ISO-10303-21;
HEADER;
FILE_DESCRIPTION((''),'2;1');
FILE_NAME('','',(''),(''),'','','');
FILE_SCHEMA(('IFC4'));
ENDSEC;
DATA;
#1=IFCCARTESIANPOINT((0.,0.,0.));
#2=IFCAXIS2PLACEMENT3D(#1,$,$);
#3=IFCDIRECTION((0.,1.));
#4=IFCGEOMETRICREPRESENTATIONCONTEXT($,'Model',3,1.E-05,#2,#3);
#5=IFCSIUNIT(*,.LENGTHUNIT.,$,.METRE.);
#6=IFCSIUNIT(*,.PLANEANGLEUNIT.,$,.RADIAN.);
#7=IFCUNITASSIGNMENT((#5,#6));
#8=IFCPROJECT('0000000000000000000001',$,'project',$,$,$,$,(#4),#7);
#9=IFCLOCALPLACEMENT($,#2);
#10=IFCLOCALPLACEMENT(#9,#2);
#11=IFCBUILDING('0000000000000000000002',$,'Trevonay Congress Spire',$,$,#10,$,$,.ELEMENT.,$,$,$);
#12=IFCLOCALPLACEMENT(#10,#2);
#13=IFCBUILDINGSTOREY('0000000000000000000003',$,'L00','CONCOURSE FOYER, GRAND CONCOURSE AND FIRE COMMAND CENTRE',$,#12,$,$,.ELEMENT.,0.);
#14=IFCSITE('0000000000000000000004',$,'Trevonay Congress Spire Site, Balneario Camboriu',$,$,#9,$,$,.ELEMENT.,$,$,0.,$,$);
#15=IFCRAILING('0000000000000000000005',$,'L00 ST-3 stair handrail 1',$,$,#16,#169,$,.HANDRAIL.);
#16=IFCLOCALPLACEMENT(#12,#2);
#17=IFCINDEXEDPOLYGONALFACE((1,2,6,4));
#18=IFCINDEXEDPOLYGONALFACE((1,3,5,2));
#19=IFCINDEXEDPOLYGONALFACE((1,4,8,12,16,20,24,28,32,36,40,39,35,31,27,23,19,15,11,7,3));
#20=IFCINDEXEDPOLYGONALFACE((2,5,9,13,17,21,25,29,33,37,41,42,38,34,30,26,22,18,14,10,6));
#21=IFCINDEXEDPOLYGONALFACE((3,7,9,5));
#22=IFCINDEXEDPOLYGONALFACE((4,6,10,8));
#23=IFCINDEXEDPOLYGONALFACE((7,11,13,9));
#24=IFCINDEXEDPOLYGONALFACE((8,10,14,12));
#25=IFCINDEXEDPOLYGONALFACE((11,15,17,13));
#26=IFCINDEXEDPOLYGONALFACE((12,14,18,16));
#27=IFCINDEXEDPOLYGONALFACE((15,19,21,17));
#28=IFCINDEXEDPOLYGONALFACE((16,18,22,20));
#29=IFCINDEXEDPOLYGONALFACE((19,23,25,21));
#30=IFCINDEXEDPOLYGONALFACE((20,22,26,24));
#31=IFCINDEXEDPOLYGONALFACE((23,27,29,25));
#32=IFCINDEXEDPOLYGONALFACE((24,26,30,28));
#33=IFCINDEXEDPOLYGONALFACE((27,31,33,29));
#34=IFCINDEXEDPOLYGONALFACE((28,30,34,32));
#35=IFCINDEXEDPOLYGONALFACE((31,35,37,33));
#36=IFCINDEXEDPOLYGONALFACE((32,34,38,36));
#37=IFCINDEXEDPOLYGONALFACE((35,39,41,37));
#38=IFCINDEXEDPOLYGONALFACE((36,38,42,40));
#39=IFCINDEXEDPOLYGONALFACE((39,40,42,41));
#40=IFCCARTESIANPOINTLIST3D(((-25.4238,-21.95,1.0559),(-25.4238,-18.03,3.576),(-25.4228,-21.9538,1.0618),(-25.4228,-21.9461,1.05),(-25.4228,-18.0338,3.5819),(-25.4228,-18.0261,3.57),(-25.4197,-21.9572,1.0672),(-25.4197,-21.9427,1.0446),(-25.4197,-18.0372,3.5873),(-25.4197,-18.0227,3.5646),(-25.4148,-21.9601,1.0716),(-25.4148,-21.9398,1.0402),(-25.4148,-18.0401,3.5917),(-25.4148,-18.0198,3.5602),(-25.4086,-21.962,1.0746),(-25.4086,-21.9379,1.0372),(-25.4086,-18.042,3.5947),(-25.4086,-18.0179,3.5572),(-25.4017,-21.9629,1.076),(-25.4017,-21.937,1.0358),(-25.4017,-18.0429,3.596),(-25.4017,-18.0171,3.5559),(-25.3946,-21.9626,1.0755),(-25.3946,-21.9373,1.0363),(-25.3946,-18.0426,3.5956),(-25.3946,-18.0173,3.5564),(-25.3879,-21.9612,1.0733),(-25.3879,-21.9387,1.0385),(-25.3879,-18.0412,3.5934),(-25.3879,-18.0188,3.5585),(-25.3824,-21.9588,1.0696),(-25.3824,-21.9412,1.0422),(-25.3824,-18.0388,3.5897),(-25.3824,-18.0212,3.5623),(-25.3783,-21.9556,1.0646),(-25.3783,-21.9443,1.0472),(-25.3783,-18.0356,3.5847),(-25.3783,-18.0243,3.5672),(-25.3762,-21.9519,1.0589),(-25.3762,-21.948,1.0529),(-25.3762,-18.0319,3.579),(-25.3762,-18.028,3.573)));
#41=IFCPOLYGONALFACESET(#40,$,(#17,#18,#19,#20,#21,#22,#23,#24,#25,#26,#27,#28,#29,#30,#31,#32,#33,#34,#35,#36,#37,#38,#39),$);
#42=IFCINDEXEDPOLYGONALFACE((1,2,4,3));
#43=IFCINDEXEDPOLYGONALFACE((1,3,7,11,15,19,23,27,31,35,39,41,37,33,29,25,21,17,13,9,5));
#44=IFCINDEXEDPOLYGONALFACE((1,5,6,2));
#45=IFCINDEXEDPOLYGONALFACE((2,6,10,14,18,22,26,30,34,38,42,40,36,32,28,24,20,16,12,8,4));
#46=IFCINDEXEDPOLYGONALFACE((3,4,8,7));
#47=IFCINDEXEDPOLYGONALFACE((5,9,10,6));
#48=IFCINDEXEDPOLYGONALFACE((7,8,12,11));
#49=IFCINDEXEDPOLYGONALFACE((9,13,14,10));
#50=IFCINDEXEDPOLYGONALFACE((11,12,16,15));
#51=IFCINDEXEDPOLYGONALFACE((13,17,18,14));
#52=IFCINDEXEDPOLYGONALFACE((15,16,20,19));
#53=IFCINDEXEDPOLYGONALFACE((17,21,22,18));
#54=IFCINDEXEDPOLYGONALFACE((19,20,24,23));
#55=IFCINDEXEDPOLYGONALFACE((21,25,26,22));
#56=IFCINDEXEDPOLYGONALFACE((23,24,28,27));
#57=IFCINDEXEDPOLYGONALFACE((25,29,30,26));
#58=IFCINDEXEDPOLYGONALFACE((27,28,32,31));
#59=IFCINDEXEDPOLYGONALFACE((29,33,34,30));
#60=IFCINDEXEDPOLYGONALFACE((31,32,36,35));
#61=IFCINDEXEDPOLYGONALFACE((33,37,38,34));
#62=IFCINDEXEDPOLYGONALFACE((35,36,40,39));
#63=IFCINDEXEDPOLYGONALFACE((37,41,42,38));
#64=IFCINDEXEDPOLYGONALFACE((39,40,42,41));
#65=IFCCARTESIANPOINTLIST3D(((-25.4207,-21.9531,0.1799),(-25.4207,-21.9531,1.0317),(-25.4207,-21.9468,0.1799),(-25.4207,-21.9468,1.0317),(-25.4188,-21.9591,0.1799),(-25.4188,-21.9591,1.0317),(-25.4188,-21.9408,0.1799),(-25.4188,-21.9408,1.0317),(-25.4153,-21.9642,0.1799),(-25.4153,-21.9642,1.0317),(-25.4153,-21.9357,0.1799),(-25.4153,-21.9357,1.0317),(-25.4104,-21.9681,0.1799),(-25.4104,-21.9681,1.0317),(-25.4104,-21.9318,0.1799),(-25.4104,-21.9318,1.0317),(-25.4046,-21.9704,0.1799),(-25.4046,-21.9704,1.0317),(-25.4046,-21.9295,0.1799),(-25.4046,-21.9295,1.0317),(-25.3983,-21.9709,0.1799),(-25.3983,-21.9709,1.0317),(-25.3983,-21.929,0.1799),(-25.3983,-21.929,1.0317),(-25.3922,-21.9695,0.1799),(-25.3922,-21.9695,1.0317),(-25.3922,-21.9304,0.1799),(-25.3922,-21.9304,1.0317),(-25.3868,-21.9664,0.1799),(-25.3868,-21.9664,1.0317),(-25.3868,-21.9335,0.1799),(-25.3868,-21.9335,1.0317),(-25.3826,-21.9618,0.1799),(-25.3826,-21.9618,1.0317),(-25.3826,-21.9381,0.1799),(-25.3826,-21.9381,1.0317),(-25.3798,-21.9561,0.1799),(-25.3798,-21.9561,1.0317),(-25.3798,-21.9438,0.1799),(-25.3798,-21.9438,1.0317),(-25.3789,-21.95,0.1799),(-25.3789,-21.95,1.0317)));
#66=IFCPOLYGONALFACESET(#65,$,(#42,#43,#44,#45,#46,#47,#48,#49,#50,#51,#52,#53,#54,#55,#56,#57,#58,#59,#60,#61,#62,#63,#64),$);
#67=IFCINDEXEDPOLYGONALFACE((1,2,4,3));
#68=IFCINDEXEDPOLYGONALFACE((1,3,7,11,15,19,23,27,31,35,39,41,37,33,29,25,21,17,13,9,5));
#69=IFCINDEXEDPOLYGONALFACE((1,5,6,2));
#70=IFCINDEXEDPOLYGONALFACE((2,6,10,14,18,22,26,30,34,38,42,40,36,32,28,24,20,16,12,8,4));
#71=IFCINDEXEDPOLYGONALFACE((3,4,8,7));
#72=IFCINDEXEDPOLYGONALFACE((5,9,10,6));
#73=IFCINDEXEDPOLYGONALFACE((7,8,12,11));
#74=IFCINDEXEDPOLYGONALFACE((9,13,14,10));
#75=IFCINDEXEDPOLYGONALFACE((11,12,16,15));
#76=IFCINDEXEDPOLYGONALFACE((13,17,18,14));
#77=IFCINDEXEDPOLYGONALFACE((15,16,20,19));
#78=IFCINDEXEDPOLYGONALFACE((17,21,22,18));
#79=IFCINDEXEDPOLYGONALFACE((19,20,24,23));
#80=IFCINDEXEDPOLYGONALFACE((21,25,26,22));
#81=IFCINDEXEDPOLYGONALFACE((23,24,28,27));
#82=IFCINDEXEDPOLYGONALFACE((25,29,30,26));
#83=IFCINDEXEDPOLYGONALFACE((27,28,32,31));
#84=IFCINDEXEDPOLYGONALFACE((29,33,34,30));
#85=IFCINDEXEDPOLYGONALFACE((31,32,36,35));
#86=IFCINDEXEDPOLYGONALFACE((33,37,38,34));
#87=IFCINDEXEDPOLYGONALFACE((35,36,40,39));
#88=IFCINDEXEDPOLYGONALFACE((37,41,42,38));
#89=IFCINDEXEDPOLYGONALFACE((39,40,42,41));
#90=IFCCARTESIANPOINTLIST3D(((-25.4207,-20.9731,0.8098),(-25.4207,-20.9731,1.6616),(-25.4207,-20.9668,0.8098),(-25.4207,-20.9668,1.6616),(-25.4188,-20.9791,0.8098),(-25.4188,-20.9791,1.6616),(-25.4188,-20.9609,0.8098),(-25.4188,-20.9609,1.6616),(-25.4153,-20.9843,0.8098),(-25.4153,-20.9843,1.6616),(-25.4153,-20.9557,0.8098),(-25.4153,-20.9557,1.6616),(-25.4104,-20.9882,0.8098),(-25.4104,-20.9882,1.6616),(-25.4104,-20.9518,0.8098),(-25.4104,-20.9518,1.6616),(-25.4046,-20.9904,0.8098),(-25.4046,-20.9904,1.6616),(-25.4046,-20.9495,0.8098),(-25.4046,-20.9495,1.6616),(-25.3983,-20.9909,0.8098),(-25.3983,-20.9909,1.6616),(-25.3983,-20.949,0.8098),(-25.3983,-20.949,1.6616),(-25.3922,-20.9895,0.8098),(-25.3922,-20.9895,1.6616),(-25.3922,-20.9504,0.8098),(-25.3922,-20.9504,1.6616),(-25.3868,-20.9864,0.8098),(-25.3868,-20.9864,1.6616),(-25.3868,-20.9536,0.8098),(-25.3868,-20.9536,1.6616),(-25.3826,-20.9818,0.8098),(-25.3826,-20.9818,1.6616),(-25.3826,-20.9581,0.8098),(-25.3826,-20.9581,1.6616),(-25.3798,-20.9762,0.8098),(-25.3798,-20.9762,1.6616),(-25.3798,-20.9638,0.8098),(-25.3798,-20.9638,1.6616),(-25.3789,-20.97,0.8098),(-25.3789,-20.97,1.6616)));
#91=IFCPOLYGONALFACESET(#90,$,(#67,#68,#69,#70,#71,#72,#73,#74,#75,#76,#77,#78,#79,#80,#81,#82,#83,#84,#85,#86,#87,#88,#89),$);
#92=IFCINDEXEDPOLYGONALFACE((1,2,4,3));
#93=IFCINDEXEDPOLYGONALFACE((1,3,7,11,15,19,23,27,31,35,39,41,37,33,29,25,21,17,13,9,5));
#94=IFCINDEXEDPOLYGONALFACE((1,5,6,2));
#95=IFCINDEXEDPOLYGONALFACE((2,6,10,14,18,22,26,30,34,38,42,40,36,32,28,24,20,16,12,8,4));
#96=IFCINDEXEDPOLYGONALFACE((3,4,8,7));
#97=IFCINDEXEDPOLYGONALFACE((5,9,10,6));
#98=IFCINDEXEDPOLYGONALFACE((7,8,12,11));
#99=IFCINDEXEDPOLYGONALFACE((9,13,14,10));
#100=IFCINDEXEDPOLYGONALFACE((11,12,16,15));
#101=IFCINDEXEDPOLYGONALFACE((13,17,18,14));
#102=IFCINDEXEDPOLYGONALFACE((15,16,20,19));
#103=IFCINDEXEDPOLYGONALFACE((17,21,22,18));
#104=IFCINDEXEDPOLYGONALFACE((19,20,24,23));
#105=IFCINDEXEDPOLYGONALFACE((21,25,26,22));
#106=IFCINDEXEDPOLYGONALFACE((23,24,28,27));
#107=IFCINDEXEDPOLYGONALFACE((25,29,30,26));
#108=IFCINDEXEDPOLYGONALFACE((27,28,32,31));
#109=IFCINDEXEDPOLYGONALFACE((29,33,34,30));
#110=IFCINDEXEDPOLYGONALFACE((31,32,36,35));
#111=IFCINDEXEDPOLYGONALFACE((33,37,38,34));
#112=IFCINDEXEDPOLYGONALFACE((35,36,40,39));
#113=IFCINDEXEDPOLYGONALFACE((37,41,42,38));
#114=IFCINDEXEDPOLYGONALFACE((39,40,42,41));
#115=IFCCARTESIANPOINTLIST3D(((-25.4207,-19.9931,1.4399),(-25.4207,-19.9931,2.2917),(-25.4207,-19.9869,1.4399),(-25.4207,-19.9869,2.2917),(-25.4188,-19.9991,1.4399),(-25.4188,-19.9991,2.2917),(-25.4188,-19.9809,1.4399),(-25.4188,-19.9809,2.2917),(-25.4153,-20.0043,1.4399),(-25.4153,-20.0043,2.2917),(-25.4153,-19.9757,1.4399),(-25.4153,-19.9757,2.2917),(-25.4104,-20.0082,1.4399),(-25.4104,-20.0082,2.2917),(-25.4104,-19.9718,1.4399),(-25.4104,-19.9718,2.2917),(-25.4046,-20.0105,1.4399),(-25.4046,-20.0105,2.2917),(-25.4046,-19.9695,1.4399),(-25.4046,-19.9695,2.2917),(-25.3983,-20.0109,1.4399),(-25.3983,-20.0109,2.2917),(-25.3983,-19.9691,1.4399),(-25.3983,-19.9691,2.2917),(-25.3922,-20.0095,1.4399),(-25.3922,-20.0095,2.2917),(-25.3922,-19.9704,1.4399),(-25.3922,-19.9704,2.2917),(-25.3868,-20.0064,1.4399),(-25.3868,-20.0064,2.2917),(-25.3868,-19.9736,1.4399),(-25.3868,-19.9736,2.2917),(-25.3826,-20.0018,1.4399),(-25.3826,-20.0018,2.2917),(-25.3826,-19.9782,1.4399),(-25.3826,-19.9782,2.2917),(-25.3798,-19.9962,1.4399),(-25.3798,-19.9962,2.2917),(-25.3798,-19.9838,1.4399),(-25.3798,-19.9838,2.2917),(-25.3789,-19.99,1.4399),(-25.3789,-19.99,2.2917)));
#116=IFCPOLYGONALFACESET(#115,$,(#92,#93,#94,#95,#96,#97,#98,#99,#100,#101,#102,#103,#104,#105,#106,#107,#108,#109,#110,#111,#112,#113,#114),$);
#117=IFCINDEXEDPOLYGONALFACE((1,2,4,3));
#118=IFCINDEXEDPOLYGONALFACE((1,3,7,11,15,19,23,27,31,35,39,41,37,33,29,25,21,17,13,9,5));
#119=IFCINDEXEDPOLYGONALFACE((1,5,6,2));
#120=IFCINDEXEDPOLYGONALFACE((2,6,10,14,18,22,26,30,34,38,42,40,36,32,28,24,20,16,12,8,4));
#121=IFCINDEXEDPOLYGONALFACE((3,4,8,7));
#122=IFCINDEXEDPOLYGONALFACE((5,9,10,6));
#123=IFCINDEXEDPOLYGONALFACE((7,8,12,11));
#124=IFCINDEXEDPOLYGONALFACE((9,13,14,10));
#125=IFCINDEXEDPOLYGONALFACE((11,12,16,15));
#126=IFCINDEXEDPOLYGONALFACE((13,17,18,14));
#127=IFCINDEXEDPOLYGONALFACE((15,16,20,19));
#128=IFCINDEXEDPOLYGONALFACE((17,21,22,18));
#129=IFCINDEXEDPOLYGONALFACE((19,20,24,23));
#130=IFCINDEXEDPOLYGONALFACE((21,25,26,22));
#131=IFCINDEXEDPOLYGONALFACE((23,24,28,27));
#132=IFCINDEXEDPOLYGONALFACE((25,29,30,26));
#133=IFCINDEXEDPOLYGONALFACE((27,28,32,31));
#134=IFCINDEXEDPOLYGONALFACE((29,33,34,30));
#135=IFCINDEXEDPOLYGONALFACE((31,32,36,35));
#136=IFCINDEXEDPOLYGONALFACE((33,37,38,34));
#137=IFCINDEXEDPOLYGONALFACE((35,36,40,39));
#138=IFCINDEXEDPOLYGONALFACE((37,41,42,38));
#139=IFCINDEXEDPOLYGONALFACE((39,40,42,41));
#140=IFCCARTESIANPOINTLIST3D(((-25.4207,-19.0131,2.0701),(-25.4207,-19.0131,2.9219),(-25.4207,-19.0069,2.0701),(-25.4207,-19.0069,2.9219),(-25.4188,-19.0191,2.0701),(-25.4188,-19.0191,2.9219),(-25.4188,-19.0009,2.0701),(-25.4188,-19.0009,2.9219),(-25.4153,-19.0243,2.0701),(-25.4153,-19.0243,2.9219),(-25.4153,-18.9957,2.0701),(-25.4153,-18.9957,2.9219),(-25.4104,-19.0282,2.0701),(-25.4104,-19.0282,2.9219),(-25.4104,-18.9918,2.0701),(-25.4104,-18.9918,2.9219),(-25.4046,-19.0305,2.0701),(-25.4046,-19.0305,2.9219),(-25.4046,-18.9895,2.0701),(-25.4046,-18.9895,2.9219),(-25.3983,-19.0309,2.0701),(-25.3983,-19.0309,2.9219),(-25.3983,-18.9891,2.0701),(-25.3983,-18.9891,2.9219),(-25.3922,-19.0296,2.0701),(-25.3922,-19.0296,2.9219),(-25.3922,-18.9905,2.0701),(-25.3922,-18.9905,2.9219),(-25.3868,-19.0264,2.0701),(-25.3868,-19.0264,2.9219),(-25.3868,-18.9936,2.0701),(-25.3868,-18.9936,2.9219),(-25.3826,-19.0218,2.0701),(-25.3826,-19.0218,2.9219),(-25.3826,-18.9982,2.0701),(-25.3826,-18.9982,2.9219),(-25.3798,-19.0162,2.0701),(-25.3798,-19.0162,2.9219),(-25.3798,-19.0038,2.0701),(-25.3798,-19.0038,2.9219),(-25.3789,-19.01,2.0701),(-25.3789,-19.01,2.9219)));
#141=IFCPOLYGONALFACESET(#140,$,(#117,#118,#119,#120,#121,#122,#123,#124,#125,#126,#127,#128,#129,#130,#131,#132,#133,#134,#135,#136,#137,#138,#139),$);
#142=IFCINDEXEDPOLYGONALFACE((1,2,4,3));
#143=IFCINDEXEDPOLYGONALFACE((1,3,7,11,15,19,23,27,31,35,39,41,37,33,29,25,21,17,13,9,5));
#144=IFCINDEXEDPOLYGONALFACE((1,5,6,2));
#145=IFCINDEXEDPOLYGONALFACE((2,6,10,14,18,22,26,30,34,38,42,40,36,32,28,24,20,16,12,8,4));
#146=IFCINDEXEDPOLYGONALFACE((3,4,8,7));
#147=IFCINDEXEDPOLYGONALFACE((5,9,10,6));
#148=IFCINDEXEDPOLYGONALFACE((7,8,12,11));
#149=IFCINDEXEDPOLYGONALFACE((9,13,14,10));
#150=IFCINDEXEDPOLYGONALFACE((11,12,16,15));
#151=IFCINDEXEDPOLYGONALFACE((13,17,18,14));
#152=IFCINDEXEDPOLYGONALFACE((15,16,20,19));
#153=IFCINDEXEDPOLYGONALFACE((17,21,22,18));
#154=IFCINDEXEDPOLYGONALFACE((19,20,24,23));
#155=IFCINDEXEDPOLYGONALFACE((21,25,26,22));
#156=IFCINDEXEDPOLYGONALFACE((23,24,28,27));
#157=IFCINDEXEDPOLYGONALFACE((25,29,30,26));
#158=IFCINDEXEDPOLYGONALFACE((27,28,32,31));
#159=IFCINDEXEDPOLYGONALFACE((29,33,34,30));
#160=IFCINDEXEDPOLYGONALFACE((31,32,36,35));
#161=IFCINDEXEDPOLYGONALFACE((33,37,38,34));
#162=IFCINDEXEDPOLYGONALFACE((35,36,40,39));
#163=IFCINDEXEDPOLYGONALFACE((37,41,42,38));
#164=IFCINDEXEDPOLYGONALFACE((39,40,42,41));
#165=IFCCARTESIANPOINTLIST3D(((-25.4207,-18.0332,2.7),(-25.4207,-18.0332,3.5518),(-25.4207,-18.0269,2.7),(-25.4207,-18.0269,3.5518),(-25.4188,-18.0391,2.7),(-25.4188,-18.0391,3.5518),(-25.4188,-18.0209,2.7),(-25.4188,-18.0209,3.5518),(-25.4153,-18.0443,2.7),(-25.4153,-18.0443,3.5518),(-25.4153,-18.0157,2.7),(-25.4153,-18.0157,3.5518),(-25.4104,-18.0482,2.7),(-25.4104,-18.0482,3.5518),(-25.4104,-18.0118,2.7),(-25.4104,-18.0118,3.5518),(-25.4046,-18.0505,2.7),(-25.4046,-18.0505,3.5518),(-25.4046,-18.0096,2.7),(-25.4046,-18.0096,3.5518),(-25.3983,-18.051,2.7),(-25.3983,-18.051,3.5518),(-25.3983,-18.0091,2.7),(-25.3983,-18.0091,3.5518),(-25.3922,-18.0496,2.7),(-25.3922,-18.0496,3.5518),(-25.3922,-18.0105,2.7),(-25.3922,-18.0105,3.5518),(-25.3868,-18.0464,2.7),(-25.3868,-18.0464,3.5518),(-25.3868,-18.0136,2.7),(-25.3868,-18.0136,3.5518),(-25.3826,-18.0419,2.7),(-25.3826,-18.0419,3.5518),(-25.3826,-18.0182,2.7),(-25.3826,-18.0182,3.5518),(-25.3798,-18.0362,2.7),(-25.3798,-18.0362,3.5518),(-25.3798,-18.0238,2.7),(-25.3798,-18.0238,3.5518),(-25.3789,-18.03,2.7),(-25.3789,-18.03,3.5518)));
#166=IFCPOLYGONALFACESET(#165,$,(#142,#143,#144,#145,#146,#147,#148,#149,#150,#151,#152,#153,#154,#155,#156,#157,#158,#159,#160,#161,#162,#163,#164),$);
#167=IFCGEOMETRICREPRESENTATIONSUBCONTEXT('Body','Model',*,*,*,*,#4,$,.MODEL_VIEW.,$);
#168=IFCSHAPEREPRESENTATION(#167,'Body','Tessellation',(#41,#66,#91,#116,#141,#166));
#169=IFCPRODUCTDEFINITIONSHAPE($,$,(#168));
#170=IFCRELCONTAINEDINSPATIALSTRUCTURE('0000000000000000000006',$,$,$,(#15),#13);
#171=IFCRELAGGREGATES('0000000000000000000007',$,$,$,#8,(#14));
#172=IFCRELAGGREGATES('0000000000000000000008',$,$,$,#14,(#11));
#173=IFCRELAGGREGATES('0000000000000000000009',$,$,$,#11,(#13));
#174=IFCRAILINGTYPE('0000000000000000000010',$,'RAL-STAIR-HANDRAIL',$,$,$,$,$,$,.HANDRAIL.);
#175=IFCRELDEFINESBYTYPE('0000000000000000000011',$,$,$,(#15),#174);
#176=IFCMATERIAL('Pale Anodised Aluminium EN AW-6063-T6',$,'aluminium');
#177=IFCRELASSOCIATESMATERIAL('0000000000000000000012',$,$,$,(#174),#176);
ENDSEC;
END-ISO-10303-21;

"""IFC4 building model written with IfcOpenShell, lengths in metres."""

from ifc_helpers import new_model, si_unit, direction, frame, origin, origin_2d, place, context, subcontext, project, spatial, circle, extrude, material, type_object, element, save


model = new_model("IFC4")

# Units and contexts
model_context = context("Model", 3, precision=1e-05, world=origin(), true_north=direction((0.0, 1.0)))
body_context = subcontext(model_context, "Body", "Model", "MODEL_VIEW")
ifc_project = project(units=[si_unit("LENGTHUNIT", "METRE"), si_unit("PLANEANGLEUNIT", "RADIAN")], contexts=[model_context])

# Site, building, storey
site_placement = place(None, origin())
site = spatial("IfcSite", under=ifc_project, at=site_placement, Name="Trevonay Congress Spire Site, Balneario Camboriu", CompositionType="ELEMENT", RefElevation=0.0)
building_placement = place(site_placement, origin())
building = spatial("IfcBuilding", under=site, at=building_placement, Name="Trevonay Congress Spire", CompositionType="ELEMENT")
storey_placement = place(building_placement, origin())
storey = spatial("IfcBuildingStorey", under=building, at=storey_placement, Name="L00", Description="CONCOURSE FOYER, GRAND CONCOURSE AND FIRE COMMAND CENTRE", CompositionType="ELEMENT", Elevation=0.0)

# Shared definitions
ifc_material_1 = material(Name="Pale Anodised Aluminium EN AW-6063-T6", Category="aluminium")

# Railing
railing_type_1 = type_object("IfcRailingType", Name="RAL-STAIR-HANDRAIL", PredefinedType="HANDRAIL", material=ifc_material_1)
railing_1_placement = place(storey_placement, frame((-25.3999, -21.95, 0.1799)))
element("IfcRailing", 1, at=railing_1_placement, inside=storey, type_object=railing_type_1, Name="L00 ST-3 stair handrail 1", PredefinedType="HANDRAIL", context=body_context, shape_type="SweptSolid", body=[
    extrude(circle(Radius=0.0239, at=origin_2d()), frame((0.0, 0.0, 0.876), z_axis=(0.0, 0.841172, 0.540768), x_axis=(-1.0, 0.0, 0.0)), (0.0, 0.0, 1.0), 4.6602),
    extrude(circle(Radius=0.021, at=origin_2d()), origin(), (0.0, 0.0, 1.0), 0.8518),
    extrude(circle(Radius=0.021, at=origin_2d()), frame((0.0, 0.98, 0.6299)), (0.0, 0.0, 1.0), 0.8518),
    extrude(circle(Radius=0.021, at=origin_2d()), frame((0.0, 1.96, 1.26)), (0.0, 0.0, 1.0), 0.8518),
    extrude(circle(Radius=0.021, at=origin_2d()), frame((0.0, 2.9399, 1.8901)), (0.0, 0.0, 1.0), 0.8518),
    extrude(circle(Radius=0.021, at=origin_2d()), frame((0.0, 3.9199, 2.52)), (0.0, 0.0, 1.0), 0.8518),
])

save(model, "model.ifc")
